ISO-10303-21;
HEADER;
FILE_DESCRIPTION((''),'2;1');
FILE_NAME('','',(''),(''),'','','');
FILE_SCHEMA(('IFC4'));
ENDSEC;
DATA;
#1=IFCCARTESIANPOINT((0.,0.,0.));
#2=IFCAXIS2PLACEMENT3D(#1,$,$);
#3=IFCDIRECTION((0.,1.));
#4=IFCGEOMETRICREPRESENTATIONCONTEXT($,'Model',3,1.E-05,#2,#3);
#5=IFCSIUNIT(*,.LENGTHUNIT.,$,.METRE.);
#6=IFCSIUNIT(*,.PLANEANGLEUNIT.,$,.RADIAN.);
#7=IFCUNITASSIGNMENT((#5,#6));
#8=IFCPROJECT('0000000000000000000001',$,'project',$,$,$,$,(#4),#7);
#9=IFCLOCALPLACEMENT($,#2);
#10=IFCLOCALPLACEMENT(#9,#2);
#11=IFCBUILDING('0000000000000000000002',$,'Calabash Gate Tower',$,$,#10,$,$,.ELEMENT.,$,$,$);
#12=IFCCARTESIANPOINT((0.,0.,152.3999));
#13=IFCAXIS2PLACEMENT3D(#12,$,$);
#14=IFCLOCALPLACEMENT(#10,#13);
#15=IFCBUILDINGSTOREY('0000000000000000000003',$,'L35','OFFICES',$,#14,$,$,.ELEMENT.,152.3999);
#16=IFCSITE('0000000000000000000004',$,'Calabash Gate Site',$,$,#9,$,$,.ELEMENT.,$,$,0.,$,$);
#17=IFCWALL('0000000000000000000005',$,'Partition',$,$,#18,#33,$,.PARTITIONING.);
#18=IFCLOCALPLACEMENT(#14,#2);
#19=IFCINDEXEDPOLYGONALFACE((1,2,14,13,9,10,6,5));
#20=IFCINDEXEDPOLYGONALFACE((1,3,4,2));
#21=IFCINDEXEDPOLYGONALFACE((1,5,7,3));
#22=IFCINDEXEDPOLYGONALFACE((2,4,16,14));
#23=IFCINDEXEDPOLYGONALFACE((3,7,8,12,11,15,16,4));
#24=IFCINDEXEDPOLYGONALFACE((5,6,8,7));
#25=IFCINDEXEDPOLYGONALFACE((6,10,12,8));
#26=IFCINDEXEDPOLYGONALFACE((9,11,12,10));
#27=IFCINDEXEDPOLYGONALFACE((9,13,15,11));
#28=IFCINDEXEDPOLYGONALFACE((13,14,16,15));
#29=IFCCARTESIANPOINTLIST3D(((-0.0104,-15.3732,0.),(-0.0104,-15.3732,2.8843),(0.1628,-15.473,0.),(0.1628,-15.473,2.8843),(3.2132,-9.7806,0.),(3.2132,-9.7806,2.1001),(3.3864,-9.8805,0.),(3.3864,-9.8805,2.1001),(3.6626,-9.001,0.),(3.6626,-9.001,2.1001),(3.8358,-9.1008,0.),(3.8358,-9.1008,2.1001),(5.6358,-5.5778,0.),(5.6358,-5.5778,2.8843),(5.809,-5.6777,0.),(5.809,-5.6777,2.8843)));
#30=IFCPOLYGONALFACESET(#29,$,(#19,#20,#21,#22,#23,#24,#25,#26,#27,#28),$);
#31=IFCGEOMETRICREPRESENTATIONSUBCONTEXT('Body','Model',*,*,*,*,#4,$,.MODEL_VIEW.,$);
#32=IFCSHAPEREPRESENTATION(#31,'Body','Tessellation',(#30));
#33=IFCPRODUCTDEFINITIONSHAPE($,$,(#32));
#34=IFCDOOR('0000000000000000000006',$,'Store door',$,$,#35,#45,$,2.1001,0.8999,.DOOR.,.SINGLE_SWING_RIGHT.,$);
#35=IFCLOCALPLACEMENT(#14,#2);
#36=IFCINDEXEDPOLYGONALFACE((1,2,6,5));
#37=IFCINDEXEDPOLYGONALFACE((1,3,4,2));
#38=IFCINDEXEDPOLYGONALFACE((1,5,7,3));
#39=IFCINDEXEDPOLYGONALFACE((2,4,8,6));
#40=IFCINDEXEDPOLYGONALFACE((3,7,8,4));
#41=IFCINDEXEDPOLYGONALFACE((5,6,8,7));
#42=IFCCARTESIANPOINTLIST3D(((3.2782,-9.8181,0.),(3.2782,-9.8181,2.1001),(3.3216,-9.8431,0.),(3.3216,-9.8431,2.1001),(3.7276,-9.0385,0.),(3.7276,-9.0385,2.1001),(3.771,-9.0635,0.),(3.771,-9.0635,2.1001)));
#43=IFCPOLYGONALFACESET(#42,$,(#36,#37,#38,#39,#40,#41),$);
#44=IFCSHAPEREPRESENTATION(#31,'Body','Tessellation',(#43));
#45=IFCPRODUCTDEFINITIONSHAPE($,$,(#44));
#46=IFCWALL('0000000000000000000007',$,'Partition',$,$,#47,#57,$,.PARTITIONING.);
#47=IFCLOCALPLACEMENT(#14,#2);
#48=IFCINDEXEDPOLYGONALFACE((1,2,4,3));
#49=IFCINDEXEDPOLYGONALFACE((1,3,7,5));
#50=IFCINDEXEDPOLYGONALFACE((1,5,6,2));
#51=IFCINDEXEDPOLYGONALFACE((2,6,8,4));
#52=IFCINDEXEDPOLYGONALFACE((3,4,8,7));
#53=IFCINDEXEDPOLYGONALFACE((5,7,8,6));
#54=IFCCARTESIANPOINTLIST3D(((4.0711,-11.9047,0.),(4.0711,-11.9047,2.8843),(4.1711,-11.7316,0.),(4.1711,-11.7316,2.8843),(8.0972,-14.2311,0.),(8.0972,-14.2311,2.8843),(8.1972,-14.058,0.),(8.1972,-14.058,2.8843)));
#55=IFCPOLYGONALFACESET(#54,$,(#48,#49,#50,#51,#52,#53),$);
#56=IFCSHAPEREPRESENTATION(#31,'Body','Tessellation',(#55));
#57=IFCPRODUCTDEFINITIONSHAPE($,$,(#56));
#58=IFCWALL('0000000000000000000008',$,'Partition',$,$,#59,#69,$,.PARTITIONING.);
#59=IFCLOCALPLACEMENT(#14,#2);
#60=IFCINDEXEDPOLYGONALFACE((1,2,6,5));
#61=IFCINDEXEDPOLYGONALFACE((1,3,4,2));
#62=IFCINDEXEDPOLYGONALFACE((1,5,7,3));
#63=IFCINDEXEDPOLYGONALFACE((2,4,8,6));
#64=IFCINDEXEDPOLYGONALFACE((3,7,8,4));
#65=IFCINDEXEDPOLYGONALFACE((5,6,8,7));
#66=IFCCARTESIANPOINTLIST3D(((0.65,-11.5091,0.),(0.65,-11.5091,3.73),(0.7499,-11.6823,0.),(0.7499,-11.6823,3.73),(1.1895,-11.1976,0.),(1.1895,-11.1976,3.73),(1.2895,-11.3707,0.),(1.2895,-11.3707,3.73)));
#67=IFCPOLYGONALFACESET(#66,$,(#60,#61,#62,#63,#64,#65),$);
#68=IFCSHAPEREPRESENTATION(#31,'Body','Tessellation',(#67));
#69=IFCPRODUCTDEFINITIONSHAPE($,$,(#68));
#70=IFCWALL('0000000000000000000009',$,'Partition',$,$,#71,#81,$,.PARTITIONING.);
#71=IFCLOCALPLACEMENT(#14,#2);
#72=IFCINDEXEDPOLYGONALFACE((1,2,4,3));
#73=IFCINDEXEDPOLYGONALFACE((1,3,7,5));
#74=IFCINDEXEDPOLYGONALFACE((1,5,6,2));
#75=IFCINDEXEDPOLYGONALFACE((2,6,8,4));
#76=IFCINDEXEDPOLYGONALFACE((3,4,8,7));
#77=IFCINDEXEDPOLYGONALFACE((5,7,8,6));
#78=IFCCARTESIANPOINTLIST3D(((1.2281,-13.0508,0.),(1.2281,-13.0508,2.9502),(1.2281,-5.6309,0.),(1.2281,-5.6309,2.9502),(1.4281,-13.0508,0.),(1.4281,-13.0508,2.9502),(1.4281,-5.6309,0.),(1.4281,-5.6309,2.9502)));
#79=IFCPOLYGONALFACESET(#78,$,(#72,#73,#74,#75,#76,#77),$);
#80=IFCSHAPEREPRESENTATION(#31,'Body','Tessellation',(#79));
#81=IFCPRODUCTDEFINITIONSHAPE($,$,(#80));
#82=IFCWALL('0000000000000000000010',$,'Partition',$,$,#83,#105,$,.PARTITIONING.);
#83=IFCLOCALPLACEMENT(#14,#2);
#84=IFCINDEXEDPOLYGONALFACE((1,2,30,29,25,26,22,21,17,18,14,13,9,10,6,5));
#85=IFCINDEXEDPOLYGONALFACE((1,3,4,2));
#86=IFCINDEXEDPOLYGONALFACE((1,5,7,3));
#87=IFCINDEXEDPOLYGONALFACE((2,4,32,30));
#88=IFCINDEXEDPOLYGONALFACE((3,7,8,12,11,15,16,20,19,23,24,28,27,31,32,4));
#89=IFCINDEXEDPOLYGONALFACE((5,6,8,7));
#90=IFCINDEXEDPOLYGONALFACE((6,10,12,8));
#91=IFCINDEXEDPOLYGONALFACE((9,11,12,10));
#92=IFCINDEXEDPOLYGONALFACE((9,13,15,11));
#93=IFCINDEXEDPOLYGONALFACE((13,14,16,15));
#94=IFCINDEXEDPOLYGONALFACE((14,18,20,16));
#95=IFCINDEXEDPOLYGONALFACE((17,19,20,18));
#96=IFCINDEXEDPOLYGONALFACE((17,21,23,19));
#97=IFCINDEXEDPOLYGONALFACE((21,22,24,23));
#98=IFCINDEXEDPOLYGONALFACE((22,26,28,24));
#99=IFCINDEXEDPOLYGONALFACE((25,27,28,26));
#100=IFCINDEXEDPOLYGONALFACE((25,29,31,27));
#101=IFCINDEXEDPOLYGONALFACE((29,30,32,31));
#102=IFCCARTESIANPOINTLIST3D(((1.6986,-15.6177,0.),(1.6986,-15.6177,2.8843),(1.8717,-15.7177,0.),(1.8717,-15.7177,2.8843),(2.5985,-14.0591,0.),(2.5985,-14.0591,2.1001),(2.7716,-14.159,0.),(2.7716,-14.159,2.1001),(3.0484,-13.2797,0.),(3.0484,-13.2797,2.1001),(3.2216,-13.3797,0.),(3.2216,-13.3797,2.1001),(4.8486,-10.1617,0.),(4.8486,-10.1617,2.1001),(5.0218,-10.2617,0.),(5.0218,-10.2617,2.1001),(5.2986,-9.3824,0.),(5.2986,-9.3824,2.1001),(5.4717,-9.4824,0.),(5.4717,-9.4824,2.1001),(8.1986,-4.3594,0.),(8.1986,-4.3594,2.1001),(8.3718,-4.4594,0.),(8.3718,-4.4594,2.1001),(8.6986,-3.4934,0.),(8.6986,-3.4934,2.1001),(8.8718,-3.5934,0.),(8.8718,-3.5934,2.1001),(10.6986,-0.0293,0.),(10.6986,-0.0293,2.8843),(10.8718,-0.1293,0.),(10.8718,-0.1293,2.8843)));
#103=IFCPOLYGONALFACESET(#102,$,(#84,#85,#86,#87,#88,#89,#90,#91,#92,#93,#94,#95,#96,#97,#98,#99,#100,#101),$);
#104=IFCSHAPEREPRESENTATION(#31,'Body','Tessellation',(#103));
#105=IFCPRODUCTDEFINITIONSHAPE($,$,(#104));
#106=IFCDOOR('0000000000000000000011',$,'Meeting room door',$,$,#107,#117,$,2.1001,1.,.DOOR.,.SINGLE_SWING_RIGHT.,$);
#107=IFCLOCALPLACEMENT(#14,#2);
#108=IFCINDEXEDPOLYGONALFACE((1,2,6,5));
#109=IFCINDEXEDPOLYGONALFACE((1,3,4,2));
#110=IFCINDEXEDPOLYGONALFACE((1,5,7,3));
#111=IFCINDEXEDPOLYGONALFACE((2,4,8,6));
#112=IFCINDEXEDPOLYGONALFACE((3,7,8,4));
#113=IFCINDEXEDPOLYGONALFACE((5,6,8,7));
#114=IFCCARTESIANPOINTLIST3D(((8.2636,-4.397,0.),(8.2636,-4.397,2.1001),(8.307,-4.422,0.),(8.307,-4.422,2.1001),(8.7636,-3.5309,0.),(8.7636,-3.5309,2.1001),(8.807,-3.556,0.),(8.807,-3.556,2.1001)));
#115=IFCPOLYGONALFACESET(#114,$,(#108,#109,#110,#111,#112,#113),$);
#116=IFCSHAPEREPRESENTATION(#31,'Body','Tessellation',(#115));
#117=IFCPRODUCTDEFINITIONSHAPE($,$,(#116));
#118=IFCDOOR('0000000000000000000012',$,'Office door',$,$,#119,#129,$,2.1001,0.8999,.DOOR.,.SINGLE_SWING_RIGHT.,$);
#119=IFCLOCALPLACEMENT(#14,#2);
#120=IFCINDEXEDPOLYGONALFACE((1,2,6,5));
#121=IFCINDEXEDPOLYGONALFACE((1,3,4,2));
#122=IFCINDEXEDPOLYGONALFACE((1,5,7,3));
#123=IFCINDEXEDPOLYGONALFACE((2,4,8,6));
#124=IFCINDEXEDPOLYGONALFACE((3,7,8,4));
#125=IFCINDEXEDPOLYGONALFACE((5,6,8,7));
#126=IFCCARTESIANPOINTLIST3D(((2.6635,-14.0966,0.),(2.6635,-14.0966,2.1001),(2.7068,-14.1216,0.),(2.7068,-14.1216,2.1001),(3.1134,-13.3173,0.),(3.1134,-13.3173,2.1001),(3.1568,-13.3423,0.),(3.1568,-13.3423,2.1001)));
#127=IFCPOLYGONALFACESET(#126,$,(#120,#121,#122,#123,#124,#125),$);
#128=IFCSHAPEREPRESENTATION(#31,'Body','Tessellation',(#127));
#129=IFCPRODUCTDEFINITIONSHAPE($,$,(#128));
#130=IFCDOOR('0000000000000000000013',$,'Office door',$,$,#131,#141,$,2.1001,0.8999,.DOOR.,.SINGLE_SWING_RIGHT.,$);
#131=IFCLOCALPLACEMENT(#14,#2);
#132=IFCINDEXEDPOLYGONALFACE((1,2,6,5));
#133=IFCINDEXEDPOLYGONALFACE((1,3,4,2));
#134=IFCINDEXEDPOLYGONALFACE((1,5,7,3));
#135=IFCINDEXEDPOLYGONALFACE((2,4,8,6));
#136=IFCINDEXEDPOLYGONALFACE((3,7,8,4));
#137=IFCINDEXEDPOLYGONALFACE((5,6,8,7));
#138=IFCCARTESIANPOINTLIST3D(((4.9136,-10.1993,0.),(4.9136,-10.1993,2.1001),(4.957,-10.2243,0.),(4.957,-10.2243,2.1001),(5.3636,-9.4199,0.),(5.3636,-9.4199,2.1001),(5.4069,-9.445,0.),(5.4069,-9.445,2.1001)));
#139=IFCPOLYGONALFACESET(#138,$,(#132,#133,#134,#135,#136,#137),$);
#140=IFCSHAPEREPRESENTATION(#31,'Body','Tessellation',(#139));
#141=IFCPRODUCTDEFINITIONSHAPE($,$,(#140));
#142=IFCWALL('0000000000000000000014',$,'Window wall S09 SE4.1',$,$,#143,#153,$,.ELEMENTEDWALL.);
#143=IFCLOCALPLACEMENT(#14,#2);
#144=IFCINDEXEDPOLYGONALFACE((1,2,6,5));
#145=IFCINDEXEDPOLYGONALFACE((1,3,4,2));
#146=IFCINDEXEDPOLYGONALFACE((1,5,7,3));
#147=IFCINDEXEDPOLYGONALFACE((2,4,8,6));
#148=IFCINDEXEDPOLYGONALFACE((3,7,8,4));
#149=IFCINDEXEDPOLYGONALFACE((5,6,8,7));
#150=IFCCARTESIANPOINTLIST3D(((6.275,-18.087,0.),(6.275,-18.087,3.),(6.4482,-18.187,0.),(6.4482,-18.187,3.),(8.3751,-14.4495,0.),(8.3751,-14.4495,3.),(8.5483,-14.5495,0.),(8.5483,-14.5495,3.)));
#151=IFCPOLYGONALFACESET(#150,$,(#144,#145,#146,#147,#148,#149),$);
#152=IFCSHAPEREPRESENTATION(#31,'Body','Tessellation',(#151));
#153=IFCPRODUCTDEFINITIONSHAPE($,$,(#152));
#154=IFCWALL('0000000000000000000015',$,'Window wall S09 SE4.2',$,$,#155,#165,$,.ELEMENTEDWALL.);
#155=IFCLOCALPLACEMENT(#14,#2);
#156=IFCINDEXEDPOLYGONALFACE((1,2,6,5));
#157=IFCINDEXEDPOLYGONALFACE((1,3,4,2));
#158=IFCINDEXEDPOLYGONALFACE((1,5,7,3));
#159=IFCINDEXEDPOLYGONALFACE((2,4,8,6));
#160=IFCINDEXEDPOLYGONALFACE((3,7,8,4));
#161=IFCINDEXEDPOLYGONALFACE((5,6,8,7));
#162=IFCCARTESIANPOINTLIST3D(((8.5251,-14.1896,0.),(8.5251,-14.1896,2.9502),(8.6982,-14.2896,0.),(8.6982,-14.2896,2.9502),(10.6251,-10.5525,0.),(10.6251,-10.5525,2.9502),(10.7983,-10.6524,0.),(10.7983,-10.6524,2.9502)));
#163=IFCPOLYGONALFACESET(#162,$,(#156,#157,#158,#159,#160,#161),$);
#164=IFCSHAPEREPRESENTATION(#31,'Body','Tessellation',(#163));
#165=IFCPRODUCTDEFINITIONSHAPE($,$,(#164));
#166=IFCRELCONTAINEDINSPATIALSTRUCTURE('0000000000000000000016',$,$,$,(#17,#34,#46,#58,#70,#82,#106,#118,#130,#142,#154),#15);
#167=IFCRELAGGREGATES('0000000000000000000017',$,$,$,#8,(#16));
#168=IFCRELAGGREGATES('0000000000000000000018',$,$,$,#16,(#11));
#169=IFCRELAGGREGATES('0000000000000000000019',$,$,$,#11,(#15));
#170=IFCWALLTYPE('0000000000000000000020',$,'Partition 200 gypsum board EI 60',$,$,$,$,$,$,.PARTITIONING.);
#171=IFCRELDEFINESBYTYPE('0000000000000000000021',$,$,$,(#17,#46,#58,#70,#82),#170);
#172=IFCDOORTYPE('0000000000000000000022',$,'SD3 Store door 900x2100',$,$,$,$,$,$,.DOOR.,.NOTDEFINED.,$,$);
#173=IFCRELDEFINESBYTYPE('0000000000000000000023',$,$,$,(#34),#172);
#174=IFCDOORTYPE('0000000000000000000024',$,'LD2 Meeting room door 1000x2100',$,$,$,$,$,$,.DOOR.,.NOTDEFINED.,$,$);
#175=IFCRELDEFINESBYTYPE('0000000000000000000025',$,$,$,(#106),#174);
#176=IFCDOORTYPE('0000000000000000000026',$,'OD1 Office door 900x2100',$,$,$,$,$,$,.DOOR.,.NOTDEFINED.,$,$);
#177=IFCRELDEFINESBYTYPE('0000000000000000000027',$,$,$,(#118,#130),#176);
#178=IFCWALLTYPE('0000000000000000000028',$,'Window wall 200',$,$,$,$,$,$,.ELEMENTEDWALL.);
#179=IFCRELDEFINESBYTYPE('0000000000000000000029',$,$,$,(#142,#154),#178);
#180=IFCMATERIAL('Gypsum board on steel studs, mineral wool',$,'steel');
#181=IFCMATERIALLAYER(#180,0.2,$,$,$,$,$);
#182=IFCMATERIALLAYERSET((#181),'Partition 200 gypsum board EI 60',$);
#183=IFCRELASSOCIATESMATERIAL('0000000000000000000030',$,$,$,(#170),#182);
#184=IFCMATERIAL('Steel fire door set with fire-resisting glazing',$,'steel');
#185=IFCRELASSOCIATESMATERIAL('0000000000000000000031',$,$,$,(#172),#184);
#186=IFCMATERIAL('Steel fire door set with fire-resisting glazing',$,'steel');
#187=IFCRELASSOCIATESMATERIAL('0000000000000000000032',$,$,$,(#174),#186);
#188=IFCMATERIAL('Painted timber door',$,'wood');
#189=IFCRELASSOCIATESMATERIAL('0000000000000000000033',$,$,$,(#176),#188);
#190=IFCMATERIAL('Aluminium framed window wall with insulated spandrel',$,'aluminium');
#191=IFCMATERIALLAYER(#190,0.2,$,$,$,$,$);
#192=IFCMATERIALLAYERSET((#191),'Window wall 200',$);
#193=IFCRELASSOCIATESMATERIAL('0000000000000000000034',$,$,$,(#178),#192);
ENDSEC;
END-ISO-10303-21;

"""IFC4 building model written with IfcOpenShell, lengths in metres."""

from ifc_helpers import new_model, si_unit, direction, frame, frame_2d, origin, place, context, subcontext, project, spatial, rectangle, extrude, material, layer, layer_set, type_object, element, fill, save


model = new_model("IFC4")

# Units and contexts
model_context = context("Model", 3, precision=1e-05, world=origin(), true_north=direction((0.0, 1.0)))
body_context = subcontext(model_context, "Body", "Model", "MODEL_VIEW")
ifc_project = project(units=[si_unit("LENGTHUNIT", "METRE"), si_unit("PLANEANGLEUNIT", "RADIAN")], contexts=[model_context])

# Site, building, storey
site_placement = place(None, origin())
site = spatial("IfcSite", under=ifc_project, at=site_placement, Name="Calabash Gate Site", CompositionType="ELEMENT", RefElevation=0.0)
building_placement = place(site_placement, origin())
building = spatial("IfcBuilding", under=site, at=building_placement, Name="Calabash Gate Tower", CompositionType="ELEMENT")
storey_placement = place(building_placement, frame((0.0, 0.0, 152.3999)))
storey = spatial("IfcBuildingStorey", under=building, at=storey_placement, Name="L35", Description="OFFICES", CompositionType="ELEMENT", Elevation=152.3999)

# Shared definitions
ifc_material_1 = material(Name="Gypsum board on steel studs, mineral wool", Category="steel")
ifc_layer_1 = layer(ifc_material_1, 0.2)
ifc_layer_set_1 = layer_set([ifc_layer_1], Name="Partition 200 gypsum board EI 60")
wall_type_1 = type_object("IfcWallType", Name="Partition 200 gypsum board EI 60", PredefinedType="PARTITIONING", material=ifc_layer_set_1)

# Wall, opening, door
wall_1_placement = place(storey_placement, frame((0.0762, -15.4231, 0.0), z_axis=(0.0, 0.0, 1.0), x_axis=(0.499393, 0.866375, 0.0)))
wall_1 = element("IfcWall", 1, at=wall_1_placement, inside=storey, type_object=wall_type_1, Name="Partition", PredefinedType="PARTITIONING", context=body_context, shape_type="SweptSolid", body=[
    extrude(rectangle(XDim=11.3062, YDim=0.2, at=frame_2d((5.6531, 0.0))), origin(), (0.0, 0.0, 1.0), 2.8843),
])
opening_1_placement = place(wall_1_placement, frame((6.4551, 0.0, 0.0)))
opening_1 = element("IfcOpeningElement", 2, at=opening_1_placement, cuts=wall_1, PredefinedType="OPENING", context=body_context, shape_type="SweptSolid", body=[
    extrude(rectangle(XDim=0.8999, YDim=2.1001, at=frame_2d((0.45, 1.05))), frame((0.0, 0.1099, 0.0), z_axis=(0.0, -1.0, 0.0), x_axis=(1.0, 0.0, 0.0)), (0.0, 0.0, 1.0), 0.22),
])
ifc_material_2 = material(Name="Steel fire door set with fire-resisting glazing", Category="steel")
door_type_1 = type_object("IfcDoorType", Name="SD3 Store door 900x2100", OperationType="NOTDEFINED", PredefinedType="DOOR", material=ifc_material_2)
door_1_placement = place(opening_1_placement, origin())
door_1 = element("IfcDoor", 3, at=door_1_placement, inside=storey, type_object=door_type_1, Name="Store door", OperationType="SINGLE_SWING_RIGHT", OverallHeight=2.1001, OverallWidth=0.8999, PredefinedType="DOOR", context=body_context, shape_type="SweptSolid", body=[
    extrude(rectangle(XDim=0.8999, YDim=2.1001, at=frame_2d((0.45, 1.05))), frame((0.0, 0.0249, 0.0), z_axis=(0.0, -1.0, 0.0), x_axis=(1.0, 0.0, 0.0)), (0.0, 0.0, 1.0), 0.05),
])
fill(opening_1, door_1)

# Walls
wall_2_placement = place(storey_placement, frame((4.1211, -11.8181, 0.0), z_axis=(0.0, 0.0, 1.0), x_axis=(0.865845, -0.500312, 0.0)))
element("IfcWall", 4, at=wall_2_placement, inside=storey, type_object=wall_type_1, Name="Partition", PredefinedType="PARTITIONING", context=body_context, shape_type="SweptSolid", body=[
    extrude(rectangle(XDim=4.6499, YDim=0.2, at=frame_2d((2.325, 0.0))), origin(), (0.0, 0.0, 1.0), 2.8843),
])
wall_3_placement = place(storey_placement, frame((0.7, -11.5957, 0.0), z_axis=(0.0, 0.0, 1.0), x_axis=(0.866016, 0.500016, 0.0)))
element("IfcWall", 5, at=wall_3_placement, inside=storey, type_object=wall_type_1, Name="Partition", PredefinedType="PARTITIONING", context=body_context, shape_type="SweptSolid", body=[
    extrude(rectangle(XDim=0.623, YDim=0.2, at=frame_2d((0.3115, 0.0))), origin(), (0.0, 0.0, 1.0), 3.73),
])
wall_4_placement = place(storey_placement, frame((1.3281, -13.0508, 0.0), z_axis=(0.0, 0.0, 1.0), x_axis=(0.0, 1.0, 0.0)))
element("IfcWall", 6, at=wall_4_placement, inside=storey, type_object=wall_type_1, Name="Partition", PredefinedType="PARTITIONING", context=body_context, shape_type="SweptSolid", body=[
    extrude(rectangle(XDim=7.4199, YDim=0.2, at=frame_2d((3.71, 0.0))), origin(), (0.0, 0.0, 1.0), 2.9502),
])

# Wall, openings, doors
wall_5_placement = place(storey_placement, frame((1.7852, -15.6677, 0.0), z_axis=(0.0, 0.0, 1.0), x_axis=(0.500002, 0.866024, 0.0)))
wall_5 = element("IfcWall", 7, at=wall_5_placement, inside=storey, type_object=wall_type_1, Name="Partition", PredefinedType="PARTITIONING", context=body_context, shape_type="SweptSolid", body=[
    extrude(rectangle(XDim=18.0, YDim=0.2, at=frame_2d((9.0, 0.0))), origin(), (0.0, 0.0, 1.0), 2.8843),
])
opening_2_placement = place(wall_5_placement, frame((1.7998, 0.0, 0.0)))
opening_2 = element("IfcOpeningElement", 8, at=opening_2_placement, cuts=wall_5, PredefinedType="OPENING", context=body_context, shape_type="SweptSolid", body=[
    extrude(rectangle(XDim=0.8999, YDim=2.1001, at=frame_2d((0.45, 1.05))), frame((0.0, 0.1099, 0.0), z_axis=(0.0, -1.0, 0.0), x_axis=(1.0, 0.0, 0.0)), (0.0, 0.0, 1.0), 0.22),
])
opening_3_placement = place(wall_5_placement, frame((6.3, 0.0, 0.0)))
opening_3 = element("IfcOpeningElement", 9, at=opening_3_placement, cuts=wall_5, PredefinedType="OPENING", context=body_context, shape_type="SweptSolid", body=[
    extrude(rectangle(XDim=0.8999, YDim=2.1001, at=frame_2d((0.45, 1.05))), frame((0.0, 0.1099, 0.0), z_axis=(0.0, -1.0, 0.0), x_axis=(1.0, 0.0, 0.0)), (0.0, 0.0, 1.0), 0.22),
])
opening_4_placement = place(wall_5_placement, frame((13.0, 0.0, 0.0)))
opening_4 = element("IfcOpeningElement", 10, at=opening_4_placement, cuts=wall_5, PredefinedType="OPENING", context=body_context, shape_type="SweptSolid", body=[
    extrude(rectangle(XDim=1.0, YDim=2.1001, at=frame_2d((0.5, 1.05))), frame((0.0, 0.1099, 0.0), z_axis=(0.0, -1.0, 0.0), x_axis=(1.0, 0.0, 0.0)), (0.0, 0.0, 1.0), 0.22),
])
ifc_material_3 = material(Name="Steel fire door set with fire-resisting glazing", Category="steel")
door_type_2 = type_object("IfcDoorType", Name="LD2 Meeting room door 1000x2100", OperationType="NOTDEFINED", PredefinedType="DOOR", material=ifc_material_3)
door_2_placement = place(opening_4_placement, origin())
door_2 = element("IfcDoor", 11, at=door_2_placement, inside=storey, type_object=door_type_2, Name="Meeting room door", OperationType="SINGLE_SWING_RIGHT", OverallHeight=2.1001, OverallWidth=1.0, PredefinedType="DOOR", context=body_context, shape_type="SweptSolid", body=[
    extrude(rectangle(XDim=1.0, YDim=2.1001, at=frame_2d((0.5, 1.05))), frame((0.0, 0.0249, 0.0), z_axis=(0.0, -1.0, 0.0), x_axis=(1.0, 0.0, 0.0)), (0.0, 0.0, 1.0), 0.05),
])
fill(opening_4, door_2)
ifc_material_4 = material(Name="Painted timber door", Category="wood")
door_type_3 = type_object("IfcDoorType", Name="OD1 Office door 900x2100", OperationType="NOTDEFINED", PredefinedType="DOOR", material=ifc_material_4)
door_3_placement = place(opening_2_placement, origin())
door_3 = element("IfcDoor", 12, at=door_3_placement, inside=storey, type_object=door_type_3, Name="Office door", OperationType="SINGLE_SWING_RIGHT", OverallHeight=2.1001, OverallWidth=0.8999, PredefinedType="DOOR", context=body_context, shape_type="SweptSolid", body=[
    extrude(rectangle(XDim=0.8999, YDim=2.1001, at=frame_2d((0.45, 1.05))), frame((0.0, 0.0249, 0.0), z_axis=(0.0, -1.0, 0.0), x_axis=(1.0, 0.0, 0.0)), (0.0, 0.0, 1.0), 0.05),
])
fill(opening_2, door_3)
door_4_placement = place(opening_3_placement, origin())
door_4 = element("IfcDoor", 13, at=door_4_placement, inside=storey, type_object=door_type_3, Name="Office door", OperationType="SINGLE_SWING_RIGHT", OverallHeight=2.1001, OverallWidth=0.8999, PredefinedType="DOOR", context=body_context, shape_type="SweptSolid", body=[
    extrude(rectangle(XDim=0.8999, YDim=2.1001, at=frame_2d((0.45, 1.05))), frame((0.0, 0.0249, 0.0), z_axis=(0.0, -1.0, 0.0), x_axis=(1.0, 0.0, 0.0)), (0.0, 0.0, 1.0), 0.05),
])
fill(opening_3, door_4)

# Walls
ifc_material_5 = material(Name="Aluminium framed window wall with insulated spandrel", Category="aluminium")
ifc_layer_2 = layer(ifc_material_5, 0.2)
ifc_layer_set_2 = layer_set([ifc_layer_2], Name="Window wall 200")
wall_type_2 = type_object("IfcWallType", Name="Window wall 200", PredefinedType="ELEMENTEDWALL", material=ifc_layer_set_2)
wall_6_placement = place(storey_placement, frame((6.3616, -18.137, 0.0), z_axis=(0.0, 0.0, 1.0), x_axis=(0.500003, 0.866024, 0.0)))
element("IfcWall", 14, at=wall_6_placement, inside=storey, type_object=wall_type_2, Name="Window wall S09 SE4.1", PredefinedType="ELEMENTEDWALL", context=body_context, shape_type="SweptSolid", body=[
    extrude(rectangle(XDim=4.2002, YDim=0.2, at=frame_2d((2.1001, 0.0))), origin(), (0.0, 0.0, 1.0), 3.0),
])
wall_7_placement = place(storey_placement, frame((8.6116, -14.2397, 0.0), z_axis=(0.0, 0.0, 1.0), x_axis=(0.500028, 0.866009, 0.0)))
element("IfcWall", 15, at=wall_7_placement, inside=storey, type_object=wall_type_2, Name="Window wall S09 SE4.2", PredefinedType="ELEMENTEDWALL", context=body_context, shape_type="SweptSolid", body=[
    extrude(rectangle(XDim=4.2, YDim=0.2, at=frame_2d((2.1001, 0.0))), origin(), (0.0, 0.0, 1.0), 2.9502),
])

save(model, "model.ifc")
